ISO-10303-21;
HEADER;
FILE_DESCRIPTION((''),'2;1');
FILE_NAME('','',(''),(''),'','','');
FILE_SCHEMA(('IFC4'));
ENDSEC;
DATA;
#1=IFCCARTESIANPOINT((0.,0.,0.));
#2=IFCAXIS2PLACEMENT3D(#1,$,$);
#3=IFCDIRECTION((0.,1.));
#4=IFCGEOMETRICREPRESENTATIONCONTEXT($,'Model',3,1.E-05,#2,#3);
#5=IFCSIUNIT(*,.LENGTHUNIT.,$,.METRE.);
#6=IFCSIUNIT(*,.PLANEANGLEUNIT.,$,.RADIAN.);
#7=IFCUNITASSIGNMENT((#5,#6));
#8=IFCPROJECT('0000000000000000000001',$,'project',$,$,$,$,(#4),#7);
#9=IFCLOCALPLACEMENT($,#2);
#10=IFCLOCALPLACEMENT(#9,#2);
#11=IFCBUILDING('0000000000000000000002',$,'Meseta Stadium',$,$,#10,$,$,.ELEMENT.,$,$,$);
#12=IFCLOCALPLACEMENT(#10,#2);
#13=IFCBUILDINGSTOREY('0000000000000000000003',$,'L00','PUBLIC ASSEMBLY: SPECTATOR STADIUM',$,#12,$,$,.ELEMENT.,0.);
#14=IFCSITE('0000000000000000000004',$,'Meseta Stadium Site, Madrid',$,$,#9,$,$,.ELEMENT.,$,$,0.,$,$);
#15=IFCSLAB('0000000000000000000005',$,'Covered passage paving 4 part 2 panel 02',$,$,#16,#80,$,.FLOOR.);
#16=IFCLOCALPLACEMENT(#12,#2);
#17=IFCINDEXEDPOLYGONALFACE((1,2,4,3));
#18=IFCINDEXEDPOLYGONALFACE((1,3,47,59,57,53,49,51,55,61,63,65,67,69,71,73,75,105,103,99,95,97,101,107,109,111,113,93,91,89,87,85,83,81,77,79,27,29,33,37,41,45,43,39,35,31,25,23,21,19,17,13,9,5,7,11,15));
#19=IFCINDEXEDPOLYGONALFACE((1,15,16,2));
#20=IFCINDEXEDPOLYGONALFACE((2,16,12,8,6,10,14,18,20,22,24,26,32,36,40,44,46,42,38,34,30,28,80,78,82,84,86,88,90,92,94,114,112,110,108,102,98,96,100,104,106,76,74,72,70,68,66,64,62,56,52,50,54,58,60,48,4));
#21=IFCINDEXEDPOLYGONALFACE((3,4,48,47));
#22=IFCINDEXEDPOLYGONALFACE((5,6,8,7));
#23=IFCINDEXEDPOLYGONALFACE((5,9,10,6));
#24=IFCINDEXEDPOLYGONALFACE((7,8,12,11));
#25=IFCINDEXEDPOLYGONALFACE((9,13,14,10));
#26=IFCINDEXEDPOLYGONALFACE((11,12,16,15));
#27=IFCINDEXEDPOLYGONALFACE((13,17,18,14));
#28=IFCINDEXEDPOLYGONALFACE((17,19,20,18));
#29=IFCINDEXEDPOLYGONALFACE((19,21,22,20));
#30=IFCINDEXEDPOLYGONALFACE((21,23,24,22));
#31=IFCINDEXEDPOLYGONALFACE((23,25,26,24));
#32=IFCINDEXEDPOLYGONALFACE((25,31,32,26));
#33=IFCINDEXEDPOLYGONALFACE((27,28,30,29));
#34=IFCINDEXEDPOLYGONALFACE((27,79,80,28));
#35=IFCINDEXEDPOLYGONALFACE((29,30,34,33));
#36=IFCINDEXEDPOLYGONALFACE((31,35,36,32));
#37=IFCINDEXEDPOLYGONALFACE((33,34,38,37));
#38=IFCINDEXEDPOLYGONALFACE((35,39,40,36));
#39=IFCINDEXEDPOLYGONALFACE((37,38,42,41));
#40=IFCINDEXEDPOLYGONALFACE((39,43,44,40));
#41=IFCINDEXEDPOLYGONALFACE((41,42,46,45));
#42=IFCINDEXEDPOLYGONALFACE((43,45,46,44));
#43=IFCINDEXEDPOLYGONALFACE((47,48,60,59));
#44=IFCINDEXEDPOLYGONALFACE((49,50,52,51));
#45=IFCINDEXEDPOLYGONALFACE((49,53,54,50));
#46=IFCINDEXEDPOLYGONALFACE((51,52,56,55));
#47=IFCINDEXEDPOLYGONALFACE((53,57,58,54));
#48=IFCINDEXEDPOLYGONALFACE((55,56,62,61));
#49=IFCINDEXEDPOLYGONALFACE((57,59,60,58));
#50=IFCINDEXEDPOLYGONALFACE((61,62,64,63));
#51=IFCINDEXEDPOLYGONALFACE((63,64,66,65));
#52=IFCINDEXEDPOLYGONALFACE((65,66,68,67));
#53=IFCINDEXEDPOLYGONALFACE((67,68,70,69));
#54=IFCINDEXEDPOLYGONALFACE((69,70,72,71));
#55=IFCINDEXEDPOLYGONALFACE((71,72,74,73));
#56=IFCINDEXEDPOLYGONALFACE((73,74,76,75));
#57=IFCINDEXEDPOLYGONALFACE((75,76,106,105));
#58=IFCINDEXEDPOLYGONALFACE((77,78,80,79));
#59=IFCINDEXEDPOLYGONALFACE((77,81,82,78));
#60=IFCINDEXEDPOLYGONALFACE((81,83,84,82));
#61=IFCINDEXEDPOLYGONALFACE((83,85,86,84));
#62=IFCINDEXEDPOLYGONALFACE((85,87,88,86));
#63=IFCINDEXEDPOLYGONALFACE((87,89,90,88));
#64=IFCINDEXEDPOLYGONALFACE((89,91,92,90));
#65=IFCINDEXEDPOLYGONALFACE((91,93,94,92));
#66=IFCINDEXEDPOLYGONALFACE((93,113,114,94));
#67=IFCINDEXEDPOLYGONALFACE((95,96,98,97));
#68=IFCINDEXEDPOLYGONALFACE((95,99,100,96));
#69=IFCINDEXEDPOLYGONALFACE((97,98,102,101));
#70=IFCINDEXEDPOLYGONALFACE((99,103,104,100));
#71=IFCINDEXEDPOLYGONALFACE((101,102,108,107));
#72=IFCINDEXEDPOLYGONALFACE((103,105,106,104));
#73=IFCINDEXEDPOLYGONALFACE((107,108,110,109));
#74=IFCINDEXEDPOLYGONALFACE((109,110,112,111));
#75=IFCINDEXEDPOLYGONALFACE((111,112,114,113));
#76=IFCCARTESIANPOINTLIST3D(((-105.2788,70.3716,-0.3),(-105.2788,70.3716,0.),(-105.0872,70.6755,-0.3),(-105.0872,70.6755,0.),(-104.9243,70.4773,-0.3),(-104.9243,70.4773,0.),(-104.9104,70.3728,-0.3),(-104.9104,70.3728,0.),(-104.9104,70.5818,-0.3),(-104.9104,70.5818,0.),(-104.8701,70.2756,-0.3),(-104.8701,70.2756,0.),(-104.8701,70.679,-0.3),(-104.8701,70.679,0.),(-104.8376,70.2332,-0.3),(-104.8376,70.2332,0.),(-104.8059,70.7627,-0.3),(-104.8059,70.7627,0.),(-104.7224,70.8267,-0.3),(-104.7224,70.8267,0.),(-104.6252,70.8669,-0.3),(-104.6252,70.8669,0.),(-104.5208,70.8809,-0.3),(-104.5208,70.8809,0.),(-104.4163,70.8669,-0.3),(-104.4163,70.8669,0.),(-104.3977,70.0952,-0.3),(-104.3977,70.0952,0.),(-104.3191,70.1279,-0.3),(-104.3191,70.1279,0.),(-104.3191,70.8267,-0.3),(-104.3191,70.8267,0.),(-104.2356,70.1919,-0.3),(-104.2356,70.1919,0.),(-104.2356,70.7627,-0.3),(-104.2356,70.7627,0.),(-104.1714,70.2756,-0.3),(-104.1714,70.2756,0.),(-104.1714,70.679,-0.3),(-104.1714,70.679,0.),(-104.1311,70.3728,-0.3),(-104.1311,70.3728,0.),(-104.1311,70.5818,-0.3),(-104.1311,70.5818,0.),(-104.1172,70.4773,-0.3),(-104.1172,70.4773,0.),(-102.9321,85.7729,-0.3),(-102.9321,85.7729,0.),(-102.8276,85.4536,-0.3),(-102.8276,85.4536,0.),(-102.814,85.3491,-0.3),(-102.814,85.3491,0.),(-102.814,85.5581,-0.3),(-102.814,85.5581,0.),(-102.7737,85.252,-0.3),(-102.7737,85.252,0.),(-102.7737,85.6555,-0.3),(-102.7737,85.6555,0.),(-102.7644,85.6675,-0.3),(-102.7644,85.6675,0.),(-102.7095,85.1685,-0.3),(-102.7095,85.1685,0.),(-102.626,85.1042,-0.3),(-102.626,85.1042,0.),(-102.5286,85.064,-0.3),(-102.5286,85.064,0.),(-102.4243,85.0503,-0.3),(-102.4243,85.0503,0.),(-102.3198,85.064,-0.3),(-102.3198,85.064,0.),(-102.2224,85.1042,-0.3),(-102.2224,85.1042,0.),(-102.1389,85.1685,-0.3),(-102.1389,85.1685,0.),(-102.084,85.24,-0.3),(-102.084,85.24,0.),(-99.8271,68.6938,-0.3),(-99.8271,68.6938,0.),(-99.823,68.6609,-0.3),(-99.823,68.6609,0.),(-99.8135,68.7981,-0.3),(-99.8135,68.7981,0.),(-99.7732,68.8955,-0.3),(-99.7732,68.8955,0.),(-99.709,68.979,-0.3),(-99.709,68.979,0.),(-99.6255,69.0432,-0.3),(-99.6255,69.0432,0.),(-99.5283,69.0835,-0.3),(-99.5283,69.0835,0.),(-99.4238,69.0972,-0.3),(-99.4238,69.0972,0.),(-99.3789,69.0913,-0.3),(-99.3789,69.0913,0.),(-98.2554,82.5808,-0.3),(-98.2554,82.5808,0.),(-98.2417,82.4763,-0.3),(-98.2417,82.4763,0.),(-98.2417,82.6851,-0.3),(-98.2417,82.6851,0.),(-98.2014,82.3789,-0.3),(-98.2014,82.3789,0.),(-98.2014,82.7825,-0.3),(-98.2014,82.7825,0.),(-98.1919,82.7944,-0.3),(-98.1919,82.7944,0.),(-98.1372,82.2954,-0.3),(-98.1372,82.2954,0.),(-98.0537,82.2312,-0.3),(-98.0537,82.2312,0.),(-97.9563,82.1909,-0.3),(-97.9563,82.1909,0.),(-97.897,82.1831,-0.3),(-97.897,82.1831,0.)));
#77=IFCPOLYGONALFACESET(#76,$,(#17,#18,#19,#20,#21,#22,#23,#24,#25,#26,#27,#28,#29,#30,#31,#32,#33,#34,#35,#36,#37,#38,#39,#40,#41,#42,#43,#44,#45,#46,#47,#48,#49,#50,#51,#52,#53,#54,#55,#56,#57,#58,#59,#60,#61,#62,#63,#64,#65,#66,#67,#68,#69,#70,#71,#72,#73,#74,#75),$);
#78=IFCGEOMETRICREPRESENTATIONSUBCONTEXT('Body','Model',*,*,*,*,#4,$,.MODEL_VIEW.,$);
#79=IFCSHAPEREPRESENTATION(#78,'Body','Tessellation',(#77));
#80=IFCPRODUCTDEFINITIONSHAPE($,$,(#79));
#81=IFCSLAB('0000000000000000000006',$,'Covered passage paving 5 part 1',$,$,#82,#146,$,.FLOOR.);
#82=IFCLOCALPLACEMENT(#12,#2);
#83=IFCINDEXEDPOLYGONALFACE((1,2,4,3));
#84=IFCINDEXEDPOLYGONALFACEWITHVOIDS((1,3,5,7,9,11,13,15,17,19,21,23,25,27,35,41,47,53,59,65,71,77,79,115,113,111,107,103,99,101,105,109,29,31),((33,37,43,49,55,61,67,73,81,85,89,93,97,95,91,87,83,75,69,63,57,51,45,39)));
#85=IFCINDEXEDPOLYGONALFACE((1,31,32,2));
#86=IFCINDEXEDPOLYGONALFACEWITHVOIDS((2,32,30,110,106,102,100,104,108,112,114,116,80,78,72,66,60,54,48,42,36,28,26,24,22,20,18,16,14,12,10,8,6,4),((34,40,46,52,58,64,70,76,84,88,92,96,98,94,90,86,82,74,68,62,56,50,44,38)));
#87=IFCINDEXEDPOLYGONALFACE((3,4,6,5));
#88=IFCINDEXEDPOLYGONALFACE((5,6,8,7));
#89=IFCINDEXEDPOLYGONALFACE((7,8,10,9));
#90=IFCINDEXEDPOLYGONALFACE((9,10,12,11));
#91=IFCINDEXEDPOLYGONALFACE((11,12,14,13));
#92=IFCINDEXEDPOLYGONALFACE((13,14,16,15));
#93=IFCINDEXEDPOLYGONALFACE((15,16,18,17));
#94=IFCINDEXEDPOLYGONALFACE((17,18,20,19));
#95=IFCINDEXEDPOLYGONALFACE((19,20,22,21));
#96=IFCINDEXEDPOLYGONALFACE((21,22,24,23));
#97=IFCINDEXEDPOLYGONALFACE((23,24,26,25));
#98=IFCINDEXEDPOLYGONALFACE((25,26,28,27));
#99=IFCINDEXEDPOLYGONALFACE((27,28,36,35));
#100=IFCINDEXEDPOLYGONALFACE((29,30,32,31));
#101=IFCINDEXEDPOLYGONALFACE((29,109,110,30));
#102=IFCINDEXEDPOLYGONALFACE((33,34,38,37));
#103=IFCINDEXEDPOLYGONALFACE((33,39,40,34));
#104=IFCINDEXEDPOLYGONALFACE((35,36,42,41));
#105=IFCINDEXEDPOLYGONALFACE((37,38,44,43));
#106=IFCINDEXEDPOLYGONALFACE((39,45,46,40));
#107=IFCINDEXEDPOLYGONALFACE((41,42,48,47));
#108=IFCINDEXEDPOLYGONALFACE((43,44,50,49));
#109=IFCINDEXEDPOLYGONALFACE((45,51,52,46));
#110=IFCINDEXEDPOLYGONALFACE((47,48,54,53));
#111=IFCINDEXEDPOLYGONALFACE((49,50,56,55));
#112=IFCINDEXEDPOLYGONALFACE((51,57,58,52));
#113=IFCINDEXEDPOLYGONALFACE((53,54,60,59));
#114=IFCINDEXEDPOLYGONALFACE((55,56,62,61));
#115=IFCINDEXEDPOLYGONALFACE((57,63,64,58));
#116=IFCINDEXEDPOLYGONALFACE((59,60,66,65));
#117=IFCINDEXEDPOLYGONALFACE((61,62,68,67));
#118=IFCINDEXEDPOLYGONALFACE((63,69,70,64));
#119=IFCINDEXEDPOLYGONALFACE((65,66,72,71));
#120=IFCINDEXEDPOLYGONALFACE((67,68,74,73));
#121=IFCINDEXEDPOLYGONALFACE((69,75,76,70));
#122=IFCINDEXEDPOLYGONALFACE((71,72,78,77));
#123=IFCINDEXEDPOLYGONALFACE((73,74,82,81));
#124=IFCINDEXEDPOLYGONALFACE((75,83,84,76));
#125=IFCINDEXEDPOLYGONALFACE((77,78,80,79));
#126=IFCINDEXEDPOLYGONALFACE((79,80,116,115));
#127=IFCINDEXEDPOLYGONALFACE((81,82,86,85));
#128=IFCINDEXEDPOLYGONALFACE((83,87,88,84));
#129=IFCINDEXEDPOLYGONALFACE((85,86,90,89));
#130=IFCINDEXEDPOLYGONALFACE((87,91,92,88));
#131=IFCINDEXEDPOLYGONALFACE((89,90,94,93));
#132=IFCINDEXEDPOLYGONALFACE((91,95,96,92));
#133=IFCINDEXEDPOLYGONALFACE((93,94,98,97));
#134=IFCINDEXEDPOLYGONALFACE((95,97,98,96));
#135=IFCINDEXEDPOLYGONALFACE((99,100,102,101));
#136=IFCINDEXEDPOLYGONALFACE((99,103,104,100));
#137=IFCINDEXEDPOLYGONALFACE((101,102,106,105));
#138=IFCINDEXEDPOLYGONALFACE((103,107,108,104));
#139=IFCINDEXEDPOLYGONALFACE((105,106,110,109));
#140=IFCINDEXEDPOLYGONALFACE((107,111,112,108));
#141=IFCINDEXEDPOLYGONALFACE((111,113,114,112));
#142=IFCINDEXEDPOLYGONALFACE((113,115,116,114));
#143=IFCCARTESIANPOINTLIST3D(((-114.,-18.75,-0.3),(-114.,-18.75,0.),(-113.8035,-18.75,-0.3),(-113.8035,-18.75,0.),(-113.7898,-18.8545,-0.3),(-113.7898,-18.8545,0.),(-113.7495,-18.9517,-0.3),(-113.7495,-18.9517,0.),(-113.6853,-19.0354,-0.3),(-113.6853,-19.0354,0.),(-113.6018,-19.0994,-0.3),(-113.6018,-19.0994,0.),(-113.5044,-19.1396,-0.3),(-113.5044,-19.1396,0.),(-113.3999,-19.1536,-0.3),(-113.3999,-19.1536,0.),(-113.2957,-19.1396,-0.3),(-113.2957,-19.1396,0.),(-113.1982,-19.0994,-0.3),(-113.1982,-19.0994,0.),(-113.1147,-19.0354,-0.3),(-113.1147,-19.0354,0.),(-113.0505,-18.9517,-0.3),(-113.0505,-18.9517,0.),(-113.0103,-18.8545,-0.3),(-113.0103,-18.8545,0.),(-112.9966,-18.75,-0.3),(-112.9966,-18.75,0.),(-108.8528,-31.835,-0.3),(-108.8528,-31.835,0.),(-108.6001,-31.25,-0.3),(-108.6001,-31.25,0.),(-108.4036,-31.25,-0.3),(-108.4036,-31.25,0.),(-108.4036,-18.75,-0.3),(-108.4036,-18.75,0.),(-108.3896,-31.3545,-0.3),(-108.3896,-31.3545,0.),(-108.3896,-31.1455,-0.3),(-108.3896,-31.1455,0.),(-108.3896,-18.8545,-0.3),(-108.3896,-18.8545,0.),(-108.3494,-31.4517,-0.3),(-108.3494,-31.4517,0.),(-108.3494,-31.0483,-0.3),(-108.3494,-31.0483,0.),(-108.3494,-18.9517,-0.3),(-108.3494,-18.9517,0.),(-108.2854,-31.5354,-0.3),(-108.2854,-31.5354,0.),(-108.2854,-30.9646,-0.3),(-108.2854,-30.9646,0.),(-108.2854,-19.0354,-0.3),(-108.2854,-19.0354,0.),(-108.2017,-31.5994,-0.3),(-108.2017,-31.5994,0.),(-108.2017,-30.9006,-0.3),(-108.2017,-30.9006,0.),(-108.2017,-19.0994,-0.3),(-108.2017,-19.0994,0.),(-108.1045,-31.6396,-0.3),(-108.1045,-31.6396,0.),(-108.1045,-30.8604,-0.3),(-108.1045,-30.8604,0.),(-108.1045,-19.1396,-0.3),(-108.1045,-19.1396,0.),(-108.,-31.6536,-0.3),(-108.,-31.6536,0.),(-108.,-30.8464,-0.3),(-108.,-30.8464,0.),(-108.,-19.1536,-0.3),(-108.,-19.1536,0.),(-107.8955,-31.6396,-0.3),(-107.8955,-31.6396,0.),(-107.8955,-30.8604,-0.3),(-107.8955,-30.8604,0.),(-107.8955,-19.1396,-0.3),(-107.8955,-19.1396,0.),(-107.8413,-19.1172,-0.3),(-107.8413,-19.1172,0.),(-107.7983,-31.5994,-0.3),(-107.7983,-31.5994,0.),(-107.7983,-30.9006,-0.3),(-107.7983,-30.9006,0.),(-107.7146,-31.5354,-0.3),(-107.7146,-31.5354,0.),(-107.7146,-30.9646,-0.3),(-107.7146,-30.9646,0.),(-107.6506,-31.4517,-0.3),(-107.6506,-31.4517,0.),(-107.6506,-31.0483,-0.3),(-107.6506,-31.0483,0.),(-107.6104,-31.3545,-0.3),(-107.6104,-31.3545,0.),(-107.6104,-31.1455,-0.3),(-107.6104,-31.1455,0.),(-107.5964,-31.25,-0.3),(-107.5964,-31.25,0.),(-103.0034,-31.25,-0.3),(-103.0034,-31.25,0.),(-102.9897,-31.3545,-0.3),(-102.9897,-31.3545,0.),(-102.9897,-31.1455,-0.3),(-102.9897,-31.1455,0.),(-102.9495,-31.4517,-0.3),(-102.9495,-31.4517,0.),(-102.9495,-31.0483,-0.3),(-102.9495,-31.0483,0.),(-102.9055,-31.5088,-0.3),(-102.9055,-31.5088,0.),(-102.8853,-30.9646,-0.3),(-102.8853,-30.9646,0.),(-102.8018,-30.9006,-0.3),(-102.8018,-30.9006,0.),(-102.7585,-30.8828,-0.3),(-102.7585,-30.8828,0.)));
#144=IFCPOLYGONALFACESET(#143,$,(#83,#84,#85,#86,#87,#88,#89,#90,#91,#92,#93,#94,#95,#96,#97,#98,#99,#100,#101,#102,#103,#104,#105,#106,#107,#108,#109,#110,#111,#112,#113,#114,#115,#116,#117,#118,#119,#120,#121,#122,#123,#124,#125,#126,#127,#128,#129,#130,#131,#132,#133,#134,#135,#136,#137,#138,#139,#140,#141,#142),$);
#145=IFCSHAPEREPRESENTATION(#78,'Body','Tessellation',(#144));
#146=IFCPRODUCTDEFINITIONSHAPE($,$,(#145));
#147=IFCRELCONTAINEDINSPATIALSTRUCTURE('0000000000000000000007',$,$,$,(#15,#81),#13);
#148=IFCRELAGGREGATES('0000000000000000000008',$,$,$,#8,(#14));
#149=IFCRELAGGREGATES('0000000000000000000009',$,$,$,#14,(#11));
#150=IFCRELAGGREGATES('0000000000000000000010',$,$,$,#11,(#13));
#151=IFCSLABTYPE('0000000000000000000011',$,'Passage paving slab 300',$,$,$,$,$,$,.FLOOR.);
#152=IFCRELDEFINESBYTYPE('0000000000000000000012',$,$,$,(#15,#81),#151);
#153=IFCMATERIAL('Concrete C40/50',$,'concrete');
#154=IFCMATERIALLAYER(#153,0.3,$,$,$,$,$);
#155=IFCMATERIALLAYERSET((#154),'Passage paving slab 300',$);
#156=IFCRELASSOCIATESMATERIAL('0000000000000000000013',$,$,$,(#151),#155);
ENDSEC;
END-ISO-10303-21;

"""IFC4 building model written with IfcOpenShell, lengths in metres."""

from ifc_helpers import new_model, si_unit, direction, frame, origin, place, context, subcontext, project, spatial, polyline, outline, extrude, material, layer, layer_set, type_object, element, save


model = new_model("IFC4")

# Units and contexts
model_context = context("Model", 3, precision=1e-05, world=origin(), true_north=direction((0.0, 1.0)))
body_context = subcontext(model_context, "Body", "Model", "MODEL_VIEW")
ifc_project = project(units=[si_unit("LENGTHUNIT", "METRE"), si_unit("PLANEANGLEUNIT", "RADIAN")], contexts=[model_context])

# Site, building, storey
site_placement = place(None, origin())
site = spatial("IfcSite", under=ifc_project, at=site_placement, Name="Meseta Stadium Site, Madrid", CompositionType="ELEMENT", RefElevation=0.0)
building_placement = place(site_placement, origin())
building = spatial("IfcBuilding", under=site, at=building_placement, Name="Meseta Stadium", CompositionType="ELEMENT")
storey_placement = place(building_placement, origin())
storey = spatial("IfcBuildingStorey", under=building, at=storey_placement, Name="L00", Description="PUBLIC ASSEMBLY: SPECTATOR STADIUM", CompositionType="ELEMENT", Elevation=0.0)

# Slabs
ifc_material_1 = material(Name="Concrete C40/50", Category="concrete")
ifc_layer_1 = layer(ifc_material_1, 0.3)
ifc_layer_set_1 = layer_set([ifc_layer_1], Name="Passage paving slab 300")
slab_type_1 = type_object("IfcSlabType", Name="Passage paving slab 300", PredefinedType="FLOOR", material=ifc_layer_set_1)
slab_1_placement = place(storey_placement, frame((0.0, 0.0, -0.3)))
element("IfcSlab", 1, at=slab_1_placement, inside=storey, type_object=slab_type_1, Name="Covered passage paving 4 part 2 panel 02", PredefinedType="FLOOR", context=body_context, shape_type="SweptSolid", body=[
    extrude(outline(polyline([(-99.4238, 69.0972), (-99.3789, 69.0913), (-97.897, 82.1831), (-97.9563, 82.1909), (-98.0537, 82.2312), (-98.1372, 82.2954), (-98.2014, 82.3789), (-98.2417, 82.4763), (-98.2554, 82.5808), (-98.2417, 82.6851), (-98.2014, 82.7825), (-98.1919, 82.7944), (-102.084, 85.24), (-102.1389, 85.1685), (-102.2224, 85.1042), (-102.3198, 85.064), (-102.4243, 85.0503), (-102.5286, 85.064), (-102.626, 85.1042), (-102.7095, 85.1685), (-102.7737, 85.252), (-102.814, 85.3491), (-102.8276, 85.4536), (-102.814, 85.5581), (-102.7737, 85.6555), (-102.7644, 85.6675), (-102.9321, 85.7729), (-105.0872, 70.6755), (-105.2788, 70.3716), (-104.8376, 70.2332), (-104.8701, 70.2756), (-104.9104, 70.3728), (-104.9243, 70.4773), (-104.9104, 70.5818), (-104.8701, 70.679), (-104.8059, 70.7627), (-104.7224, 70.8267), (-104.6252, 70.8669), (-104.5208, 70.8809), (-104.4163, 70.8669), (-104.3191, 70.8267), (-104.2356, 70.7627), (-104.1714, 70.679), (-104.1311, 70.5818), (-104.1172, 70.4773), (-104.1311, 70.3728), (-104.1714, 70.2756), (-104.2356, 70.1919), (-104.3191, 70.1279), (-104.3977, 70.0952), (-99.823, 68.6609), (-99.8271, 68.6938), (-99.8135, 68.7981), (-99.7732, 68.8955), (-99.709, 68.979), (-99.6255, 69.0432), (-99.5283, 69.0835), (-99.4238, 69.0972)])), origin(), (0.0, 0.0, 1.0), 0.3),
])
slab_2_placement = place(storey_placement, frame((0.0, 0.0, -0.3)))
element("IfcSlab", 2, at=slab_2_placement, inside=storey, type_object=slab_type_1, Name="Covered passage paving 5 part 1", PredefinedType="FLOOR", context=body_context, shape_type="SweptSolid", body=[
    extrude(outline(polyline([(-108.6001, -31.25), (-108.8528, -31.835), (-102.9055, -31.5088), (-102.9495, -31.4517), (-102.9897, -31.3545), (-103.0034, -31.25), (-102.9897, -31.1455), (-102.9495, -31.0483), (-102.8853, -30.9646), (-102.8018, -30.9006), (-102.7585, -30.8828), (-107.8413, -19.1172), (-107.8955, -19.1396), (-108.0, -19.1536), (-108.1045, -19.1396), (-108.2017, -19.0994), (-108.2854, -19.0354), (-108.3494, -18.9517), (-108.3896, -18.8545), (-108.4036, -18.75), (-112.9966, -18.75), (-113.0103, -18.8545), (-113.0505, -18.9517), (-113.1147, -19.0354), (-113.1982, -19.0994), (-113.2957, -19.1396), (-113.3999, -19.1536), (-113.5044, -19.1396), (-113.6018, -19.0994), (-113.6853, -19.0354), (-113.7495, -18.9517), (-113.7898, -18.8545), (-113.8035, -18.75), (-114.0, -18.75), (-108.6001, -31.25)]), holes=[polyline([(-108.1045, -31.6396), (-108.2017, -31.5994), (-108.2854, -31.5354), (-108.3494, -31.4517), (-108.3896, -31.3545), (-108.4036, -31.25), (-108.3896, -31.1455), (-108.3494, -31.0483), (-108.2854, -30.9646), (-108.2017, -30.9006), (-108.1045, -30.8604), (-108.0, -30.8464), (-107.8955, -30.8604), (-107.7983, -30.9006), (-107.7146, -30.9646), (-107.6506, -31.0483), (-107.6104, -31.1455), (-107.5964, -31.25), (-107.6104, -31.3545), (-107.6506, -31.4517), (-107.7146, -31.5354), (-107.7983, -31.5994), (-107.8955, -31.6396), (-108.0, -31.6536), (-108.1045, -31.6396)])]), origin(), (0.0, 0.0, 1.0), 0.3),
])

save(model, "model.ifc")
